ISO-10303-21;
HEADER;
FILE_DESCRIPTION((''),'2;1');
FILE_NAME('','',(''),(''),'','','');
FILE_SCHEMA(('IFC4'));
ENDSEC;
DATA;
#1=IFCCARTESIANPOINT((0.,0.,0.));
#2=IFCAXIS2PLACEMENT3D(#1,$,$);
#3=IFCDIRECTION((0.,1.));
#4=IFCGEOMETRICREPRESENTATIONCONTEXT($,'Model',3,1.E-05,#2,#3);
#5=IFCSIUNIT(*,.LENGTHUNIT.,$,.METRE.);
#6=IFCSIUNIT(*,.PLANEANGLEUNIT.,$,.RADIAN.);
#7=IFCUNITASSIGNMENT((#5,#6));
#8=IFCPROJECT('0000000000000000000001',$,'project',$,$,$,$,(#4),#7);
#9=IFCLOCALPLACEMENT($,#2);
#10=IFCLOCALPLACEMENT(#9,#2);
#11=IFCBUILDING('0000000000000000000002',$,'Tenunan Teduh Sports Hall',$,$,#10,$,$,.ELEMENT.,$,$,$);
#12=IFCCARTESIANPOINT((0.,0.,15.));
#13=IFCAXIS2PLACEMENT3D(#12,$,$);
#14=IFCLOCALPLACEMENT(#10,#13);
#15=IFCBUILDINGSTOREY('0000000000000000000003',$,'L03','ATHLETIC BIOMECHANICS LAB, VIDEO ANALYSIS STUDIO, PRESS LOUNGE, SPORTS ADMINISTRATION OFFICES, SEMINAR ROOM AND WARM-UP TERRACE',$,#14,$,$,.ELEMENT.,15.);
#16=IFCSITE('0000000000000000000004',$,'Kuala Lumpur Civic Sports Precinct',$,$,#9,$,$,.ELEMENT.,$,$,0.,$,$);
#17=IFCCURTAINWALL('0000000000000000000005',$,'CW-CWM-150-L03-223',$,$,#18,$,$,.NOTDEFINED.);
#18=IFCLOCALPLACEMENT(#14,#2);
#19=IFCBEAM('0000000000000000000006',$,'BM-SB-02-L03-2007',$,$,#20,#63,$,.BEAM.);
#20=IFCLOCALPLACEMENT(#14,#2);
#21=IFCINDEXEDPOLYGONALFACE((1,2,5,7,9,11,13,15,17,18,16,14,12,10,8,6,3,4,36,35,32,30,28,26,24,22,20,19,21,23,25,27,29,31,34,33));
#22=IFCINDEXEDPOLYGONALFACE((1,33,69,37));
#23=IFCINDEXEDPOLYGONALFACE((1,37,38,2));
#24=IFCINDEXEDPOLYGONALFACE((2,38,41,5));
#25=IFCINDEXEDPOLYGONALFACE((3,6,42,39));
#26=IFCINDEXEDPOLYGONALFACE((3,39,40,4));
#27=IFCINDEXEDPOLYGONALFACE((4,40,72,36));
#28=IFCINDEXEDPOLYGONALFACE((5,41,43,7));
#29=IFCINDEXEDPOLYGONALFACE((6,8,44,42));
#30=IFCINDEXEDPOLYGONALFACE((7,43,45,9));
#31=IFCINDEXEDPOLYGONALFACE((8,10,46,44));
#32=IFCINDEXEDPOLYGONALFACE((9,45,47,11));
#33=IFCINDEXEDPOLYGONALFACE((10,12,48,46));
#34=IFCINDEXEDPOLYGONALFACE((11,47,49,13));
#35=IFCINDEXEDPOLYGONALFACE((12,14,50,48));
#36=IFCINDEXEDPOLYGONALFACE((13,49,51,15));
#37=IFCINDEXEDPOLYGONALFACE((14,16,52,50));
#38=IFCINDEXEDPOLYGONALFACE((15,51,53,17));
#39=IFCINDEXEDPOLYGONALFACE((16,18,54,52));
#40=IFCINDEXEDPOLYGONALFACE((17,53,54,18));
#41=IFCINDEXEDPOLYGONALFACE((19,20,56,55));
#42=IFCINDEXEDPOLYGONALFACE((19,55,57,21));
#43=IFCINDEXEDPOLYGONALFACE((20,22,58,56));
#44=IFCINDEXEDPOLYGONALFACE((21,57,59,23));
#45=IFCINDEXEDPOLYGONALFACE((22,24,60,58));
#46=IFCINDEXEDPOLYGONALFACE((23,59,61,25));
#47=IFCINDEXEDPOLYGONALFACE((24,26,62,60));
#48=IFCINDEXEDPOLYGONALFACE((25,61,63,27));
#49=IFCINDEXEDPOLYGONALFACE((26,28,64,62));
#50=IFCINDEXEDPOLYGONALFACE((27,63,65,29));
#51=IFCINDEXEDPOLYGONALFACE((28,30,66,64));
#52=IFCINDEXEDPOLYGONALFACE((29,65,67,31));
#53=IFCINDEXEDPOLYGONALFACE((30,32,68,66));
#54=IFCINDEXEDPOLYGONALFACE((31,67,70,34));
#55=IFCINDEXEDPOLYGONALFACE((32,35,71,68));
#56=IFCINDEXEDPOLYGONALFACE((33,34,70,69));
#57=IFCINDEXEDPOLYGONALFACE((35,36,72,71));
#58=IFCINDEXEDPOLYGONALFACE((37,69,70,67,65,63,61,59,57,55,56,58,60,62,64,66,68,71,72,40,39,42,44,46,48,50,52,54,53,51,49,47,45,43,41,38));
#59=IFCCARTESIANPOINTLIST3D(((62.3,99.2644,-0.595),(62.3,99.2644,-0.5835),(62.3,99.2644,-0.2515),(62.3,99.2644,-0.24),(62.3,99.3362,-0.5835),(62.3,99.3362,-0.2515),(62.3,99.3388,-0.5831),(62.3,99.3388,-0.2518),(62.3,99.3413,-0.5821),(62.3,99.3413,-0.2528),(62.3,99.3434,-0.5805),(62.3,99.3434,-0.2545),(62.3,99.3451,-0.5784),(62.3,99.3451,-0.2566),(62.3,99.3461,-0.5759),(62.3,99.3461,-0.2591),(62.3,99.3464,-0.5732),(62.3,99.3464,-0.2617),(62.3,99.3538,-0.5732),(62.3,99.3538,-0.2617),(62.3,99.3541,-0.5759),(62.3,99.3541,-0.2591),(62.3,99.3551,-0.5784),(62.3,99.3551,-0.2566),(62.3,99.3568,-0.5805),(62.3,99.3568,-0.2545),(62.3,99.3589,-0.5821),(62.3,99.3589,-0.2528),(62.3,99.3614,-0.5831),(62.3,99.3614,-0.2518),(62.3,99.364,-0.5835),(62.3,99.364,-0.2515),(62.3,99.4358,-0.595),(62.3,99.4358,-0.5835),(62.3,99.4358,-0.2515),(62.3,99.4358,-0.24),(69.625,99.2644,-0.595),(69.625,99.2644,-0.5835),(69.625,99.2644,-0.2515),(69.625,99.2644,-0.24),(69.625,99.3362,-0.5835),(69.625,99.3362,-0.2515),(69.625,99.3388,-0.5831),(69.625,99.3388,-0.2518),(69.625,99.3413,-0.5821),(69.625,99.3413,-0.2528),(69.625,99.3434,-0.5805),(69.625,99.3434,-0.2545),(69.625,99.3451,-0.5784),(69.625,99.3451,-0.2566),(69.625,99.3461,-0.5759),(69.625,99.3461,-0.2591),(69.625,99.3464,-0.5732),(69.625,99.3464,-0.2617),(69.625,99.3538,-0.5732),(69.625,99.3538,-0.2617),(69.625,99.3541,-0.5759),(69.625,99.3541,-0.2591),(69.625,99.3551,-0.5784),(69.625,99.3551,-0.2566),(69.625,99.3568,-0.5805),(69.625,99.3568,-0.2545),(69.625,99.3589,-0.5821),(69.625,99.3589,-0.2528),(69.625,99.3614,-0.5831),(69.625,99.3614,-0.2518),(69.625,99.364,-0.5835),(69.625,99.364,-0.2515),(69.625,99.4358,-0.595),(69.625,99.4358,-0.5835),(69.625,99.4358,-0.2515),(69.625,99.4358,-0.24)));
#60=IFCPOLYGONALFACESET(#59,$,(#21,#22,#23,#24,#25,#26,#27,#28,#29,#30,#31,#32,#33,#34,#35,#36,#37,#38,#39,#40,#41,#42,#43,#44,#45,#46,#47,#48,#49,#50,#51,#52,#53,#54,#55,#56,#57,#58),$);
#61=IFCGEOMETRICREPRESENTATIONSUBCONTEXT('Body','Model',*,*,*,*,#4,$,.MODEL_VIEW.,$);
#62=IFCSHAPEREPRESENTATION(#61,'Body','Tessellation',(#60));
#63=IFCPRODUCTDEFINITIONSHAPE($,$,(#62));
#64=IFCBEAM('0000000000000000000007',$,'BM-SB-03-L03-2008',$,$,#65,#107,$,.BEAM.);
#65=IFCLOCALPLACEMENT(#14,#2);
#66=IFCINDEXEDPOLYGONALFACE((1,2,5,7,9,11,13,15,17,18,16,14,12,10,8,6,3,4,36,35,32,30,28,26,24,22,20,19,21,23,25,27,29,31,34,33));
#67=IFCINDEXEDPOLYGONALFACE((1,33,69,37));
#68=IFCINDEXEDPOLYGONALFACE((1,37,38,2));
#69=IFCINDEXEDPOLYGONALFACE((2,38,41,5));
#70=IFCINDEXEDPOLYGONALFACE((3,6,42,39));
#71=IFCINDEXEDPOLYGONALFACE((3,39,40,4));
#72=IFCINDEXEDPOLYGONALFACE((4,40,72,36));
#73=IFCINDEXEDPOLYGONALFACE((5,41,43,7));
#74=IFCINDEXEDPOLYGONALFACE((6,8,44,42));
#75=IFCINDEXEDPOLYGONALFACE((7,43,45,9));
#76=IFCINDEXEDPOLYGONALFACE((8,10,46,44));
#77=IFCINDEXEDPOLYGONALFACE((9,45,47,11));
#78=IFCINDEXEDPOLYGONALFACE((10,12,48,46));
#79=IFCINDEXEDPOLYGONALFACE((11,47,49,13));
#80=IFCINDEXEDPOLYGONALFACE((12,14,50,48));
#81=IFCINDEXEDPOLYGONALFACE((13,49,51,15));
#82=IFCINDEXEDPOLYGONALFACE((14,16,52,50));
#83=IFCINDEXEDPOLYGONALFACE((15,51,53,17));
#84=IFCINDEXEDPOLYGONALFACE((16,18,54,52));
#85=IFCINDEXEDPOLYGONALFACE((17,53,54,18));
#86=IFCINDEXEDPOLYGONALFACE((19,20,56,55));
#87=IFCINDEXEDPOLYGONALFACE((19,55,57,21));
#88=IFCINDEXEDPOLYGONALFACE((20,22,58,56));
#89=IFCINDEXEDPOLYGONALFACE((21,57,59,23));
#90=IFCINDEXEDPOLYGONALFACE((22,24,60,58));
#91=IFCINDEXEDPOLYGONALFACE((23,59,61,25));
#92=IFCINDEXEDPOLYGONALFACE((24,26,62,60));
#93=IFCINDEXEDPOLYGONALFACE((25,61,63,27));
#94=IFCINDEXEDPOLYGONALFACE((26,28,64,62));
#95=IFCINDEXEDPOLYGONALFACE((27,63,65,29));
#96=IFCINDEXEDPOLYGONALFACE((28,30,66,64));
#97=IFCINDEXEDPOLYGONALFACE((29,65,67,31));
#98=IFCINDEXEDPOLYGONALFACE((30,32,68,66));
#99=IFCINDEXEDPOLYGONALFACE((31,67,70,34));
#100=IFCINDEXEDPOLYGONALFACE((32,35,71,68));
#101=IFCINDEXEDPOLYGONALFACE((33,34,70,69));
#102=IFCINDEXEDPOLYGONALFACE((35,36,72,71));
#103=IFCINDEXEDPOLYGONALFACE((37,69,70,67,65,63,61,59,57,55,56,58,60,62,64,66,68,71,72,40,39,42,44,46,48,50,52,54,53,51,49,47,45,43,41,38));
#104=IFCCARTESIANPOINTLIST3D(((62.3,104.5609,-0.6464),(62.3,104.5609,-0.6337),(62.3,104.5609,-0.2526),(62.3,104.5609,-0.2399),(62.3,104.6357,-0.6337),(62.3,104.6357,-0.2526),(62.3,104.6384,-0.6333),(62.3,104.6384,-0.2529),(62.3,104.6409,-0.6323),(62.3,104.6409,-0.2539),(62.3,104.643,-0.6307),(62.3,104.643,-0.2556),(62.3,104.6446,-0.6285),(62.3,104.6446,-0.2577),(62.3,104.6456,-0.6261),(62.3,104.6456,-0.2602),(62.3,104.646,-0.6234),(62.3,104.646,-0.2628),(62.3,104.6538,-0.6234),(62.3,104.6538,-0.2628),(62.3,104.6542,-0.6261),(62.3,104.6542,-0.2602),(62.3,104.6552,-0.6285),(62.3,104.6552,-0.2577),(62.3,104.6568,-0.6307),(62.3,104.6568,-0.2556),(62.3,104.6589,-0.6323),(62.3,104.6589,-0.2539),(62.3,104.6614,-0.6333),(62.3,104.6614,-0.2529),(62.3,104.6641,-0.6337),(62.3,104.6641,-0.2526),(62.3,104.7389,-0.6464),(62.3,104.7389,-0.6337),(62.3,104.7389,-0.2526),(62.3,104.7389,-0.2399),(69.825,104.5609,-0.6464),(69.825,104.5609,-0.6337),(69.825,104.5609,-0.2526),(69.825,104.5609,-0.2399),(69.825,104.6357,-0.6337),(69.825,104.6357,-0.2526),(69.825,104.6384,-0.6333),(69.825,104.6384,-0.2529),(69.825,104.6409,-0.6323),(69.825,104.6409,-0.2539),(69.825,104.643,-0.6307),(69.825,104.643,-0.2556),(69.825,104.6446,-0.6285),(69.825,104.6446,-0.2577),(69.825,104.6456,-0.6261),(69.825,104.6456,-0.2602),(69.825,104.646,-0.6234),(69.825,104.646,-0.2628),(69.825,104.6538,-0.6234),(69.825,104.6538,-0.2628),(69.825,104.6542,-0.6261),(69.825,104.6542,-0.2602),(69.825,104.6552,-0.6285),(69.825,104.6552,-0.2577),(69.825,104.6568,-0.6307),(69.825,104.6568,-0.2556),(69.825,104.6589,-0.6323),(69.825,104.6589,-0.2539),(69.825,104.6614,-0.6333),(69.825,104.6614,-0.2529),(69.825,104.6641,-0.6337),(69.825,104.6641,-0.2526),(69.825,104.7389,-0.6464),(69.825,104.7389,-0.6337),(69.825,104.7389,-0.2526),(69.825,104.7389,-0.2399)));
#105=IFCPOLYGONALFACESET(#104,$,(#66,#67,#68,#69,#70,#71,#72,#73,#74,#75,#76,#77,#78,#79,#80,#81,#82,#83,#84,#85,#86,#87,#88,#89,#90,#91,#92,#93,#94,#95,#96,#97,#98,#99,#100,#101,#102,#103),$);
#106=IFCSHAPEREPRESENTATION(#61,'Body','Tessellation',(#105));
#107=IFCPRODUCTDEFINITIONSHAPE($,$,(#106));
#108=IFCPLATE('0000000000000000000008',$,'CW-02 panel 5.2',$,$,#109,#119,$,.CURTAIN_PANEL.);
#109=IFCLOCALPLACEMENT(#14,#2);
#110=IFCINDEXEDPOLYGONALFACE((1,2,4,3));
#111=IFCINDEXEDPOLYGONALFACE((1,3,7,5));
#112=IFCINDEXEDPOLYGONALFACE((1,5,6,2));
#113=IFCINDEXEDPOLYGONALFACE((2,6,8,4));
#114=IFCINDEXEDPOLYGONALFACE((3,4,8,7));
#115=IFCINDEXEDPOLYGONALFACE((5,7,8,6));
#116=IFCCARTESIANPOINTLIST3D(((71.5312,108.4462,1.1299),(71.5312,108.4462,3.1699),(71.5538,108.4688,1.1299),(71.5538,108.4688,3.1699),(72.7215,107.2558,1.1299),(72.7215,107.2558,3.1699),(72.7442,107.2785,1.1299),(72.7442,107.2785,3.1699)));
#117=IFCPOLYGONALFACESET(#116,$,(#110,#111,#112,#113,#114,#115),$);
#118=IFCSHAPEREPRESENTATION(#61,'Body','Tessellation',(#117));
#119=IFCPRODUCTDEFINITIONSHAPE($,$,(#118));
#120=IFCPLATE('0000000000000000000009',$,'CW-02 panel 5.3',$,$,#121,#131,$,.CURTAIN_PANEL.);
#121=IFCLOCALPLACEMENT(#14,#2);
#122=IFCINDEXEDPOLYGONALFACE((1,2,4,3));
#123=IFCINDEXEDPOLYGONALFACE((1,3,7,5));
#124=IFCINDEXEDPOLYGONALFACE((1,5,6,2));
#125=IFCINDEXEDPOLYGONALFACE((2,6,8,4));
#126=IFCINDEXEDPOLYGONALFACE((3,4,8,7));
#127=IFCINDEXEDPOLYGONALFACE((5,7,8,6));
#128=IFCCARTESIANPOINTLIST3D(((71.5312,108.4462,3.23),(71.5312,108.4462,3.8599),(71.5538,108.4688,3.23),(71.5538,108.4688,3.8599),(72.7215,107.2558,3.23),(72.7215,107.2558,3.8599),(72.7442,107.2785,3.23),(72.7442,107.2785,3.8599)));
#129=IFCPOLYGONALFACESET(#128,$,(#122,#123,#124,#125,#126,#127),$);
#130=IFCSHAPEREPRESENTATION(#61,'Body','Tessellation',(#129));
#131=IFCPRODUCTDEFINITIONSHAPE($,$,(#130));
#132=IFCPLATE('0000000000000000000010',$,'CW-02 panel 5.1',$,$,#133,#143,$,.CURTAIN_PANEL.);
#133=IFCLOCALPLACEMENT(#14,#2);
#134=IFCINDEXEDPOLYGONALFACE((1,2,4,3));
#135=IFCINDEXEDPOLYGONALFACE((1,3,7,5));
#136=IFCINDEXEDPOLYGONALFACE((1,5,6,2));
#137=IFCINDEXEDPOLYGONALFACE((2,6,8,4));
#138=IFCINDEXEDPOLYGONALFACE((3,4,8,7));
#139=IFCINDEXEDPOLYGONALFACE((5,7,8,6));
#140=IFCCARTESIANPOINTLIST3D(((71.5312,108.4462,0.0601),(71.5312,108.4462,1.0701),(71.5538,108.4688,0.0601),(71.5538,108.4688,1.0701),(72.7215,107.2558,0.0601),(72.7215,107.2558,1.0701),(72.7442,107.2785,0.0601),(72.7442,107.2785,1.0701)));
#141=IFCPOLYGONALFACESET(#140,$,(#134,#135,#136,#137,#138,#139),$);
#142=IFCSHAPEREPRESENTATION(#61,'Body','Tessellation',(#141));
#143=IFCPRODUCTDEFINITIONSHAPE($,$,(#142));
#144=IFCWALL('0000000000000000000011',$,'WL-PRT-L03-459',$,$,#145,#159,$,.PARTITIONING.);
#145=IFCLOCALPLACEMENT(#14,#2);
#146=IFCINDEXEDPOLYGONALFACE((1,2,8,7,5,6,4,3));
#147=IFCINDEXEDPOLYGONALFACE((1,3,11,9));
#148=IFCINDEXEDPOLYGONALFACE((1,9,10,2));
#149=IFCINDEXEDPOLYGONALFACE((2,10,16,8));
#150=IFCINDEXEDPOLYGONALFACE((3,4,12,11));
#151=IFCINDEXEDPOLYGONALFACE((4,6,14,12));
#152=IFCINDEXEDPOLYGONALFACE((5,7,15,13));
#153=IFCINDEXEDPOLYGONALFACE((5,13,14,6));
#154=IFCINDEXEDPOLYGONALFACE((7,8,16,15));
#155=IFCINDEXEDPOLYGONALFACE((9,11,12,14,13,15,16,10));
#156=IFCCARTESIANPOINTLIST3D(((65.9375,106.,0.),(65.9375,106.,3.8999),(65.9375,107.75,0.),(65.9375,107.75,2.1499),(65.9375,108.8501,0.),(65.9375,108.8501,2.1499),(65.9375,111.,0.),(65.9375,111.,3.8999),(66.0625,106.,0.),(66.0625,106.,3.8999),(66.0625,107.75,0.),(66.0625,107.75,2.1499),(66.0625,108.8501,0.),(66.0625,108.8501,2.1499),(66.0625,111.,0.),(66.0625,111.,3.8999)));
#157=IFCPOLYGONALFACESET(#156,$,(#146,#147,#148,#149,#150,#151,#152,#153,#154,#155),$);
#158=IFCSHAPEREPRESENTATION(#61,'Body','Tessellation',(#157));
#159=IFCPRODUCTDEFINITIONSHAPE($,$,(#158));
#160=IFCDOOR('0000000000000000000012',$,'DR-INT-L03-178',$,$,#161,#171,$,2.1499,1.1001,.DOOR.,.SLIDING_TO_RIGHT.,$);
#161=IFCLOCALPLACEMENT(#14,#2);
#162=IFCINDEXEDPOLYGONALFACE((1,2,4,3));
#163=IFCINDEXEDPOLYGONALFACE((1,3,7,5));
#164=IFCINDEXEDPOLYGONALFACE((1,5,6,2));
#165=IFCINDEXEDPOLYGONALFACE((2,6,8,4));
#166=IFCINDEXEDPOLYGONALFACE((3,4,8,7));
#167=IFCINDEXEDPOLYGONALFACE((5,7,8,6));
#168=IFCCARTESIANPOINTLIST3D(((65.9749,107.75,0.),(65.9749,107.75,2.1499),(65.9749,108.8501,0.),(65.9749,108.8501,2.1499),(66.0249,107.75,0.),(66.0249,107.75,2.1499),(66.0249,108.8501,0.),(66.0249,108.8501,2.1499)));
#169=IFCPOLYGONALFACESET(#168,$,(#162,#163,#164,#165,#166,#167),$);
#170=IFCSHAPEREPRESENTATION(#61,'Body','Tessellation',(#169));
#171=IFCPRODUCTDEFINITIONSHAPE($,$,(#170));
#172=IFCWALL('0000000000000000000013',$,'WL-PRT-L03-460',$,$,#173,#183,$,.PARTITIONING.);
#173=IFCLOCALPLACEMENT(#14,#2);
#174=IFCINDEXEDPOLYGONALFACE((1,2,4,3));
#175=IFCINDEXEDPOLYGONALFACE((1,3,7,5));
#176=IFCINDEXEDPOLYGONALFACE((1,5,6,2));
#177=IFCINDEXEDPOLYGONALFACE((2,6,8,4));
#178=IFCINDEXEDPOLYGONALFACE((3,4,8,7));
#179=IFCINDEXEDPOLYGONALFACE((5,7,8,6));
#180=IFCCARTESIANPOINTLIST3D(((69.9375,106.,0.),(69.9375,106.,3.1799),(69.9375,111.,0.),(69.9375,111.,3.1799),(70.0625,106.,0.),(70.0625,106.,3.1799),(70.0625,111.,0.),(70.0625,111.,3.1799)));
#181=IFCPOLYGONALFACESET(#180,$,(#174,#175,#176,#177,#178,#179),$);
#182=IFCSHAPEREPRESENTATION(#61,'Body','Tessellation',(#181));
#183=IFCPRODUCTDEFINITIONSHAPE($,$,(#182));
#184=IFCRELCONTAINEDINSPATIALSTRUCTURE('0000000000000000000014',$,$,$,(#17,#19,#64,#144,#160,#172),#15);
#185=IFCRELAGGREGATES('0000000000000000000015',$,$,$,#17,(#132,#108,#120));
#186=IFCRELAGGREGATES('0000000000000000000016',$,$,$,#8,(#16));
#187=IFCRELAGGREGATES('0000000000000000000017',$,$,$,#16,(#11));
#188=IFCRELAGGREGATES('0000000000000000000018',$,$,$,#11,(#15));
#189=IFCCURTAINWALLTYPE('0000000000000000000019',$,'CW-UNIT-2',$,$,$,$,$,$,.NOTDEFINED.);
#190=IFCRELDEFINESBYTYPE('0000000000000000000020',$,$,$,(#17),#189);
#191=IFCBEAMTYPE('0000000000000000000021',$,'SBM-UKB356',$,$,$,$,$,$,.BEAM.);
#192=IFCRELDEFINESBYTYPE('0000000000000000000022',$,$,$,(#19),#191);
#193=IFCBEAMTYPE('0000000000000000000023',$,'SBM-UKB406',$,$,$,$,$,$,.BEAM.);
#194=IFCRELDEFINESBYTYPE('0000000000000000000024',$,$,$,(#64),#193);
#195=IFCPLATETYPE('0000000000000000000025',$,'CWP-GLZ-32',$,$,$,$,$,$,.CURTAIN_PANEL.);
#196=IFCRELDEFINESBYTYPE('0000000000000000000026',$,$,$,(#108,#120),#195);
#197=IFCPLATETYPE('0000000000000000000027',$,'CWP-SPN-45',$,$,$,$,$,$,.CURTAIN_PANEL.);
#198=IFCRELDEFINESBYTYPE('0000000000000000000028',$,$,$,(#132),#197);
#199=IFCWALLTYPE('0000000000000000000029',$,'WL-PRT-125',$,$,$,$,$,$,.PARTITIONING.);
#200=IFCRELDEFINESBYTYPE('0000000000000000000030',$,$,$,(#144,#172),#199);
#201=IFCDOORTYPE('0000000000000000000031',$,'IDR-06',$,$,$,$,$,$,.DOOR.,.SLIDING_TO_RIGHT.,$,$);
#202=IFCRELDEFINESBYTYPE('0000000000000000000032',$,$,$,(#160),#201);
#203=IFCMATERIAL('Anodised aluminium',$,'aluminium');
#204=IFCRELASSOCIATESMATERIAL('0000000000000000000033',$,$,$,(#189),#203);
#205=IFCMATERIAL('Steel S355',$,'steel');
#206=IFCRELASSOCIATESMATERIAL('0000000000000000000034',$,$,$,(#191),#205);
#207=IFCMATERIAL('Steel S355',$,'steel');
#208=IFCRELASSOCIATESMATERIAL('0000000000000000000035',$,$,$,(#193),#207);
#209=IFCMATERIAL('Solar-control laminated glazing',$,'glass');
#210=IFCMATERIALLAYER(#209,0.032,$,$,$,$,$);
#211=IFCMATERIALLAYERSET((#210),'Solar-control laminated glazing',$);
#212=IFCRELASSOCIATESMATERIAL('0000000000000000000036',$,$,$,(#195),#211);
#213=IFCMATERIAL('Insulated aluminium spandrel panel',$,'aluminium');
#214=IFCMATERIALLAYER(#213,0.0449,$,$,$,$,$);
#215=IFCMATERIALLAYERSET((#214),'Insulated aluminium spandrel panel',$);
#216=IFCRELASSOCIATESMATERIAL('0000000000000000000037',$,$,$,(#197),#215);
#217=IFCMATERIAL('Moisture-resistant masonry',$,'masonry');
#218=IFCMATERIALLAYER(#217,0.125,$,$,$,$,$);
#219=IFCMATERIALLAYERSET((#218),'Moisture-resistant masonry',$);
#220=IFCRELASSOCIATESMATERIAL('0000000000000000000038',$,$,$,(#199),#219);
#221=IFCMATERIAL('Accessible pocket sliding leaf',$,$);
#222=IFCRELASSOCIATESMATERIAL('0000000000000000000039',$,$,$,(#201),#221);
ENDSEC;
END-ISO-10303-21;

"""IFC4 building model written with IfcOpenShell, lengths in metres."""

from ifc_helpers import new_model, si_unit, direction, frame, frame_2d, origin, origin_2d, place, context, subcontext, project, spatial, rectangle, i_section, extrude, material, layer, layer_set, material_profile, profile_set, type_object, element, fill, aggregate, save


model = new_model("IFC4")

# Units and contexts
model_context = context("Model", 3, precision=1e-05, world=origin(), true_north=direction((0.0, 1.0)))
body_context = subcontext(model_context, "Body", "Model", "MODEL_VIEW")
ifc_project = project(units=[si_unit("LENGTHUNIT", "METRE"), si_unit("PLANEANGLEUNIT", "RADIAN")], contexts=[model_context])

# Site, building, storey
site_placement = place(None, origin())
site = spatial("IfcSite", under=ifc_project, at=site_placement, Name="Kuala Lumpur Civic Sports Precinct", CompositionType="ELEMENT", RefElevation=0.0)
building_placement = place(site_placement, origin())
building = spatial("IfcBuilding", under=site, at=building_placement, Name="Tenunan Teduh Sports Hall", CompositionType="ELEMENT")
storey_placement = place(building_placement, frame((0.0, 0.0, 15.0)))
storey = spatial("IfcBuildingStorey", under=building, at=storey_placement, Name="L03", Description="ATHLETIC BIOMECHANICS LAB, VIDEO ANALYSIS STUDIO, PRESS LOUNGE, SPORTS ADMINISTRATION OFFICES, SEMINAR ROOM AND WARM-UP TERRACE", CompositionType="ELEMENT", Elevation=15.0)

# Curtain wall
ifc_material_1 = material(Name="Anodised aluminium", Category="aluminium")
curtain_wall_type = type_object("IfcCurtainWallType", Name="CW-UNIT-2", PredefinedType="NOTDEFINED", material=ifc_material_1)
curtain_wall_placement = place(storey_placement, origin())
curtain_wall = element("IfcCurtainWall", 1, at=curtain_wall_placement, inside=storey, type_object=curtain_wall_type, Name="CW-CWM-150-L03-223", PredefinedType="NOTDEFINED")

# Beams
ifc_material_2 = material(Name="Steel S355", Category="steel")
ifc_material_profile_1 = material_profile(ifc_material_2, i_section(OverallWidth=0.1714, OverallDepth=0.355, WebThickness=0.0073, FlangeThickness=0.0115, FilletRadius=0.0103, at=origin_2d()), Name="UKB 356x171x51")
ifc_profile_set_1 = profile_set([ifc_material_profile_1], Name="Steel S355")
beam_type_1 = type_object("IfcBeamType", Name="SBM-UKB356", PredefinedType="BEAM", material=ifc_profile_set_1)
beam_1_placement = place(storey_placement, frame((62.3, 99.3501, -0.4175), z_axis=(1.0, 0.0, 0.0), x_axis=(0.0, 1.0, 0.0)))
element("IfcBeam", 2, at=beam_1_placement, inside=storey, type_object=beam_type_1, Name="BM-SB-02-L03-2007", PredefinedType="BEAM", context=body_context, shape_type="SweptSolid", body=[
    extrude(i_section(OverallWidth=0.1714, OverallDepth=0.355, WebThickness=0.0073, FlangeThickness=0.0115, FilletRadius=0.0103, at=origin_2d()), origin(), (0.0, 0.0, 1.0), 7.325),
])
ifc_material_3 = material(Name="Steel S355", Category="steel")
ifc_material_profile_2 = material_profile(ifc_material_3, i_section(OverallWidth=0.178, OverallDepth=0.4065, WebThickness=0.0078, FlangeThickness=0.0127, FilletRadius=0.0103, at=origin_2d()), Name="UKB 406x178x60")
ifc_profile_set_2 = profile_set([ifc_material_profile_2], Name="Steel S355")
beam_type_2 = type_object("IfcBeamType", Name="SBM-UKB406", PredefinedType="BEAM", material=ifc_profile_set_2)
beam_2_placement = place(storey_placement, frame((62.3, 104.6499, -0.4431), z_axis=(1.0, 0.0, 0.0), x_axis=(0.0, 1.0, 0.0)))
element("IfcBeam", 3, at=beam_2_placement, inside=storey, type_object=beam_type_2, Name="BM-SB-03-L03-2008", PredefinedType="BEAM", context=body_context, shape_type="SweptSolid", body=[
    extrude(i_section(OverallWidth=0.178, OverallDepth=0.4065, WebThickness=0.0078, FlangeThickness=0.0127, FilletRadius=0.0103, at=origin_2d()), origin(), (0.0, 0.0, 1.0), 7.5249),
])

# Plates
ifc_material_4 = material(Name="Solar-control laminated glazing", Category="glass")
ifc_layer_1 = layer(ifc_material_4, 0.032)
ifc_layer_set_1 = layer_set([ifc_layer_1], Name="Solar-control laminated glazing")
plate_type_1 = type_object("IfcPlateType", Name="CWP-GLZ-32", PredefinedType="CURTAIN_PANEL", material=ifc_layer_set_1)
plate_1_placement = place(storey_placement, frame((72.1377, 107.8623, 1.1299), z_axis=(0.0, 0.0, 1.0), x_axis=(-0.707107, 0.707107, 0.0)))
plate_1 = element("IfcPlate", 4, at=plate_1_placement, type_object=plate_type_1, Name="CW-02 panel 5.2", PredefinedType="CURTAIN_PANEL", context=body_context, shape_type="SweptSolid", body=[
    extrude(rectangle(XDim=1.6833, YDim=0.032, at=origin_2d()), origin(), (0.0, 0.0, 1.0), 2.04),
])
plate_2_placement = place(storey_placement, frame((72.1377, 107.8623, 3.23), z_axis=(0.0, 0.0, 1.0), x_axis=(-0.707107, 0.707107, 0.0)))
plate_2 = element("IfcPlate", 5, at=plate_2_placement, type_object=plate_type_1, Name="CW-02 panel 5.3", PredefinedType="CURTAIN_PANEL", context=body_context, shape_type="SweptSolid", body=[
    extrude(rectangle(XDim=1.6833, YDim=0.032, at=origin_2d()), origin(), (0.0, 0.0, 1.0), 0.6299),
])
ifc_material_5 = material(Name="Insulated aluminium spandrel panel", Category="aluminium")
ifc_layer_2 = layer(ifc_material_5, 0.0449)
ifc_layer_set_2 = layer_set([ifc_layer_2], Name="Insulated aluminium spandrel panel")
plate_type_2 = type_object("IfcPlateType", Name="CWP-SPN-45", PredefinedType="CURTAIN_PANEL", material=ifc_layer_set_2)
plate_3_placement = place(storey_placement, frame((72.1377, 107.8623, 0.0601), z_axis=(0.0, 0.0, 1.0), x_axis=(-0.707107, 0.707107, 0.0)))
plate_3 = element("IfcPlate", 6, at=plate_3_placement, type_object=plate_type_2, Name="CW-02 panel 5.1", PredefinedType="CURTAIN_PANEL", context=body_context, shape_type="SweptSolid", body=[
    extrude(rectangle(XDim=1.6833, YDim=0.032, at=origin_2d()), origin(), (0.0, 0.0, 1.0), 1.01),
])
aggregate(curtain_wall, [plate_3, plate_1, plate_2])

# Wall, opening, door
ifc_material_6 = material(Name="Moisture-resistant masonry", Category="masonry")
ifc_layer_3 = layer(ifc_material_6, 0.125)
ifc_layer_set_3 = layer_set([ifc_layer_3], Name="Moisture-resistant masonry")
wall_type_1 = type_object("IfcWallType", Name="WL-PRT-125", PredefinedType="PARTITIONING", material=ifc_layer_set_3)
wall_1_placement = place(storey_placement, frame((66.0, 106.0, 0.0), z_axis=(0.0, 0.0, 1.0), x_axis=(0.0, 1.0, 0.0)))
wall_1 = element("IfcWall", 7, at=wall_1_placement, inside=storey, type_object=wall_type_1, Name="WL-PRT-L03-459", PredefinedType="PARTITIONING", context=body_context, shape_type="SweptSolid", body=[
    extrude(rectangle(XDim=5.0, YDim=0.125, at=frame_2d((2.5, 0.0))), origin(), (0.0, 0.0, 1.0), 3.8999),
])
opening_1_placement = place(wall_1_placement, frame((1.75, 0.0, 0.0)))
opening_1 = element("IfcOpeningElement", 8, at=opening_1_placement, cuts=wall_1, PredefinedType="OPENING", context=body_context, shape_type="SweptSolid", body=[
    extrude(rectangle(XDim=1.1001, YDim=2.1499, at=frame_2d((0.55, 1.075))), frame((0.0, 0.0725, 0.0), z_axis=(0.0, -1.0, 0.0), x_axis=(1.0, 0.0, 0.0)), (0.0, 0.0, 1.0), 0.145),
])
ifc_material_7 = material(Name="Accessible pocket sliding leaf")
door_type_1 = type_object("IfcDoorType", Name="IDR-06", OperationType="SLIDING_TO_RIGHT", PredefinedType="DOOR", material=ifc_material_7)
door_1_placement = place(opening_1_placement, frame((1.1001, 0.0, 0.0), z_axis=(0.0, 0.0, 1.0), x_axis=(-1.0, 0.0, 0.0)))
door_1 = element("IfcDoor", 9, at=door_1_placement, inside=storey, type_object=door_type_1, Name="DR-INT-L03-178", OperationType="SLIDING_TO_RIGHT", OverallHeight=2.1499, OverallWidth=1.1001, PredefinedType="DOOR", context=body_context, shape_type="SweptSolid", body=[
    extrude(rectangle(XDim=1.1001, YDim=2.1499, at=frame_2d((0.55, 1.075))), frame((0.0, 0.0249, 0.0), z_axis=(0.0, -1.0, 0.0), x_axis=(1.0, 0.0, 0.0)), (0.0, 0.0, 1.0), 0.05),
])
fill(opening_1, door_1)

# Wall
wall_2_placement = place(storey_placement, frame((70.0, 106.0, 0.0), z_axis=(0.0, 0.0, 1.0), x_axis=(0.0, 1.0, 0.0)))
element("IfcWall", 10, at=wall_2_placement, inside=storey, type_object=wall_type_1, Name="WL-PRT-L03-460", PredefinedType="PARTITIONING", context=body_context, shape_type="SweptSolid", body=[
    extrude(rectangle(XDim=5.0, YDim=0.125, at=frame_2d((2.5, 0.0))), origin(), (0.0, 0.0, 1.0), 3.1799),
])

save(model, "model.ifc")
